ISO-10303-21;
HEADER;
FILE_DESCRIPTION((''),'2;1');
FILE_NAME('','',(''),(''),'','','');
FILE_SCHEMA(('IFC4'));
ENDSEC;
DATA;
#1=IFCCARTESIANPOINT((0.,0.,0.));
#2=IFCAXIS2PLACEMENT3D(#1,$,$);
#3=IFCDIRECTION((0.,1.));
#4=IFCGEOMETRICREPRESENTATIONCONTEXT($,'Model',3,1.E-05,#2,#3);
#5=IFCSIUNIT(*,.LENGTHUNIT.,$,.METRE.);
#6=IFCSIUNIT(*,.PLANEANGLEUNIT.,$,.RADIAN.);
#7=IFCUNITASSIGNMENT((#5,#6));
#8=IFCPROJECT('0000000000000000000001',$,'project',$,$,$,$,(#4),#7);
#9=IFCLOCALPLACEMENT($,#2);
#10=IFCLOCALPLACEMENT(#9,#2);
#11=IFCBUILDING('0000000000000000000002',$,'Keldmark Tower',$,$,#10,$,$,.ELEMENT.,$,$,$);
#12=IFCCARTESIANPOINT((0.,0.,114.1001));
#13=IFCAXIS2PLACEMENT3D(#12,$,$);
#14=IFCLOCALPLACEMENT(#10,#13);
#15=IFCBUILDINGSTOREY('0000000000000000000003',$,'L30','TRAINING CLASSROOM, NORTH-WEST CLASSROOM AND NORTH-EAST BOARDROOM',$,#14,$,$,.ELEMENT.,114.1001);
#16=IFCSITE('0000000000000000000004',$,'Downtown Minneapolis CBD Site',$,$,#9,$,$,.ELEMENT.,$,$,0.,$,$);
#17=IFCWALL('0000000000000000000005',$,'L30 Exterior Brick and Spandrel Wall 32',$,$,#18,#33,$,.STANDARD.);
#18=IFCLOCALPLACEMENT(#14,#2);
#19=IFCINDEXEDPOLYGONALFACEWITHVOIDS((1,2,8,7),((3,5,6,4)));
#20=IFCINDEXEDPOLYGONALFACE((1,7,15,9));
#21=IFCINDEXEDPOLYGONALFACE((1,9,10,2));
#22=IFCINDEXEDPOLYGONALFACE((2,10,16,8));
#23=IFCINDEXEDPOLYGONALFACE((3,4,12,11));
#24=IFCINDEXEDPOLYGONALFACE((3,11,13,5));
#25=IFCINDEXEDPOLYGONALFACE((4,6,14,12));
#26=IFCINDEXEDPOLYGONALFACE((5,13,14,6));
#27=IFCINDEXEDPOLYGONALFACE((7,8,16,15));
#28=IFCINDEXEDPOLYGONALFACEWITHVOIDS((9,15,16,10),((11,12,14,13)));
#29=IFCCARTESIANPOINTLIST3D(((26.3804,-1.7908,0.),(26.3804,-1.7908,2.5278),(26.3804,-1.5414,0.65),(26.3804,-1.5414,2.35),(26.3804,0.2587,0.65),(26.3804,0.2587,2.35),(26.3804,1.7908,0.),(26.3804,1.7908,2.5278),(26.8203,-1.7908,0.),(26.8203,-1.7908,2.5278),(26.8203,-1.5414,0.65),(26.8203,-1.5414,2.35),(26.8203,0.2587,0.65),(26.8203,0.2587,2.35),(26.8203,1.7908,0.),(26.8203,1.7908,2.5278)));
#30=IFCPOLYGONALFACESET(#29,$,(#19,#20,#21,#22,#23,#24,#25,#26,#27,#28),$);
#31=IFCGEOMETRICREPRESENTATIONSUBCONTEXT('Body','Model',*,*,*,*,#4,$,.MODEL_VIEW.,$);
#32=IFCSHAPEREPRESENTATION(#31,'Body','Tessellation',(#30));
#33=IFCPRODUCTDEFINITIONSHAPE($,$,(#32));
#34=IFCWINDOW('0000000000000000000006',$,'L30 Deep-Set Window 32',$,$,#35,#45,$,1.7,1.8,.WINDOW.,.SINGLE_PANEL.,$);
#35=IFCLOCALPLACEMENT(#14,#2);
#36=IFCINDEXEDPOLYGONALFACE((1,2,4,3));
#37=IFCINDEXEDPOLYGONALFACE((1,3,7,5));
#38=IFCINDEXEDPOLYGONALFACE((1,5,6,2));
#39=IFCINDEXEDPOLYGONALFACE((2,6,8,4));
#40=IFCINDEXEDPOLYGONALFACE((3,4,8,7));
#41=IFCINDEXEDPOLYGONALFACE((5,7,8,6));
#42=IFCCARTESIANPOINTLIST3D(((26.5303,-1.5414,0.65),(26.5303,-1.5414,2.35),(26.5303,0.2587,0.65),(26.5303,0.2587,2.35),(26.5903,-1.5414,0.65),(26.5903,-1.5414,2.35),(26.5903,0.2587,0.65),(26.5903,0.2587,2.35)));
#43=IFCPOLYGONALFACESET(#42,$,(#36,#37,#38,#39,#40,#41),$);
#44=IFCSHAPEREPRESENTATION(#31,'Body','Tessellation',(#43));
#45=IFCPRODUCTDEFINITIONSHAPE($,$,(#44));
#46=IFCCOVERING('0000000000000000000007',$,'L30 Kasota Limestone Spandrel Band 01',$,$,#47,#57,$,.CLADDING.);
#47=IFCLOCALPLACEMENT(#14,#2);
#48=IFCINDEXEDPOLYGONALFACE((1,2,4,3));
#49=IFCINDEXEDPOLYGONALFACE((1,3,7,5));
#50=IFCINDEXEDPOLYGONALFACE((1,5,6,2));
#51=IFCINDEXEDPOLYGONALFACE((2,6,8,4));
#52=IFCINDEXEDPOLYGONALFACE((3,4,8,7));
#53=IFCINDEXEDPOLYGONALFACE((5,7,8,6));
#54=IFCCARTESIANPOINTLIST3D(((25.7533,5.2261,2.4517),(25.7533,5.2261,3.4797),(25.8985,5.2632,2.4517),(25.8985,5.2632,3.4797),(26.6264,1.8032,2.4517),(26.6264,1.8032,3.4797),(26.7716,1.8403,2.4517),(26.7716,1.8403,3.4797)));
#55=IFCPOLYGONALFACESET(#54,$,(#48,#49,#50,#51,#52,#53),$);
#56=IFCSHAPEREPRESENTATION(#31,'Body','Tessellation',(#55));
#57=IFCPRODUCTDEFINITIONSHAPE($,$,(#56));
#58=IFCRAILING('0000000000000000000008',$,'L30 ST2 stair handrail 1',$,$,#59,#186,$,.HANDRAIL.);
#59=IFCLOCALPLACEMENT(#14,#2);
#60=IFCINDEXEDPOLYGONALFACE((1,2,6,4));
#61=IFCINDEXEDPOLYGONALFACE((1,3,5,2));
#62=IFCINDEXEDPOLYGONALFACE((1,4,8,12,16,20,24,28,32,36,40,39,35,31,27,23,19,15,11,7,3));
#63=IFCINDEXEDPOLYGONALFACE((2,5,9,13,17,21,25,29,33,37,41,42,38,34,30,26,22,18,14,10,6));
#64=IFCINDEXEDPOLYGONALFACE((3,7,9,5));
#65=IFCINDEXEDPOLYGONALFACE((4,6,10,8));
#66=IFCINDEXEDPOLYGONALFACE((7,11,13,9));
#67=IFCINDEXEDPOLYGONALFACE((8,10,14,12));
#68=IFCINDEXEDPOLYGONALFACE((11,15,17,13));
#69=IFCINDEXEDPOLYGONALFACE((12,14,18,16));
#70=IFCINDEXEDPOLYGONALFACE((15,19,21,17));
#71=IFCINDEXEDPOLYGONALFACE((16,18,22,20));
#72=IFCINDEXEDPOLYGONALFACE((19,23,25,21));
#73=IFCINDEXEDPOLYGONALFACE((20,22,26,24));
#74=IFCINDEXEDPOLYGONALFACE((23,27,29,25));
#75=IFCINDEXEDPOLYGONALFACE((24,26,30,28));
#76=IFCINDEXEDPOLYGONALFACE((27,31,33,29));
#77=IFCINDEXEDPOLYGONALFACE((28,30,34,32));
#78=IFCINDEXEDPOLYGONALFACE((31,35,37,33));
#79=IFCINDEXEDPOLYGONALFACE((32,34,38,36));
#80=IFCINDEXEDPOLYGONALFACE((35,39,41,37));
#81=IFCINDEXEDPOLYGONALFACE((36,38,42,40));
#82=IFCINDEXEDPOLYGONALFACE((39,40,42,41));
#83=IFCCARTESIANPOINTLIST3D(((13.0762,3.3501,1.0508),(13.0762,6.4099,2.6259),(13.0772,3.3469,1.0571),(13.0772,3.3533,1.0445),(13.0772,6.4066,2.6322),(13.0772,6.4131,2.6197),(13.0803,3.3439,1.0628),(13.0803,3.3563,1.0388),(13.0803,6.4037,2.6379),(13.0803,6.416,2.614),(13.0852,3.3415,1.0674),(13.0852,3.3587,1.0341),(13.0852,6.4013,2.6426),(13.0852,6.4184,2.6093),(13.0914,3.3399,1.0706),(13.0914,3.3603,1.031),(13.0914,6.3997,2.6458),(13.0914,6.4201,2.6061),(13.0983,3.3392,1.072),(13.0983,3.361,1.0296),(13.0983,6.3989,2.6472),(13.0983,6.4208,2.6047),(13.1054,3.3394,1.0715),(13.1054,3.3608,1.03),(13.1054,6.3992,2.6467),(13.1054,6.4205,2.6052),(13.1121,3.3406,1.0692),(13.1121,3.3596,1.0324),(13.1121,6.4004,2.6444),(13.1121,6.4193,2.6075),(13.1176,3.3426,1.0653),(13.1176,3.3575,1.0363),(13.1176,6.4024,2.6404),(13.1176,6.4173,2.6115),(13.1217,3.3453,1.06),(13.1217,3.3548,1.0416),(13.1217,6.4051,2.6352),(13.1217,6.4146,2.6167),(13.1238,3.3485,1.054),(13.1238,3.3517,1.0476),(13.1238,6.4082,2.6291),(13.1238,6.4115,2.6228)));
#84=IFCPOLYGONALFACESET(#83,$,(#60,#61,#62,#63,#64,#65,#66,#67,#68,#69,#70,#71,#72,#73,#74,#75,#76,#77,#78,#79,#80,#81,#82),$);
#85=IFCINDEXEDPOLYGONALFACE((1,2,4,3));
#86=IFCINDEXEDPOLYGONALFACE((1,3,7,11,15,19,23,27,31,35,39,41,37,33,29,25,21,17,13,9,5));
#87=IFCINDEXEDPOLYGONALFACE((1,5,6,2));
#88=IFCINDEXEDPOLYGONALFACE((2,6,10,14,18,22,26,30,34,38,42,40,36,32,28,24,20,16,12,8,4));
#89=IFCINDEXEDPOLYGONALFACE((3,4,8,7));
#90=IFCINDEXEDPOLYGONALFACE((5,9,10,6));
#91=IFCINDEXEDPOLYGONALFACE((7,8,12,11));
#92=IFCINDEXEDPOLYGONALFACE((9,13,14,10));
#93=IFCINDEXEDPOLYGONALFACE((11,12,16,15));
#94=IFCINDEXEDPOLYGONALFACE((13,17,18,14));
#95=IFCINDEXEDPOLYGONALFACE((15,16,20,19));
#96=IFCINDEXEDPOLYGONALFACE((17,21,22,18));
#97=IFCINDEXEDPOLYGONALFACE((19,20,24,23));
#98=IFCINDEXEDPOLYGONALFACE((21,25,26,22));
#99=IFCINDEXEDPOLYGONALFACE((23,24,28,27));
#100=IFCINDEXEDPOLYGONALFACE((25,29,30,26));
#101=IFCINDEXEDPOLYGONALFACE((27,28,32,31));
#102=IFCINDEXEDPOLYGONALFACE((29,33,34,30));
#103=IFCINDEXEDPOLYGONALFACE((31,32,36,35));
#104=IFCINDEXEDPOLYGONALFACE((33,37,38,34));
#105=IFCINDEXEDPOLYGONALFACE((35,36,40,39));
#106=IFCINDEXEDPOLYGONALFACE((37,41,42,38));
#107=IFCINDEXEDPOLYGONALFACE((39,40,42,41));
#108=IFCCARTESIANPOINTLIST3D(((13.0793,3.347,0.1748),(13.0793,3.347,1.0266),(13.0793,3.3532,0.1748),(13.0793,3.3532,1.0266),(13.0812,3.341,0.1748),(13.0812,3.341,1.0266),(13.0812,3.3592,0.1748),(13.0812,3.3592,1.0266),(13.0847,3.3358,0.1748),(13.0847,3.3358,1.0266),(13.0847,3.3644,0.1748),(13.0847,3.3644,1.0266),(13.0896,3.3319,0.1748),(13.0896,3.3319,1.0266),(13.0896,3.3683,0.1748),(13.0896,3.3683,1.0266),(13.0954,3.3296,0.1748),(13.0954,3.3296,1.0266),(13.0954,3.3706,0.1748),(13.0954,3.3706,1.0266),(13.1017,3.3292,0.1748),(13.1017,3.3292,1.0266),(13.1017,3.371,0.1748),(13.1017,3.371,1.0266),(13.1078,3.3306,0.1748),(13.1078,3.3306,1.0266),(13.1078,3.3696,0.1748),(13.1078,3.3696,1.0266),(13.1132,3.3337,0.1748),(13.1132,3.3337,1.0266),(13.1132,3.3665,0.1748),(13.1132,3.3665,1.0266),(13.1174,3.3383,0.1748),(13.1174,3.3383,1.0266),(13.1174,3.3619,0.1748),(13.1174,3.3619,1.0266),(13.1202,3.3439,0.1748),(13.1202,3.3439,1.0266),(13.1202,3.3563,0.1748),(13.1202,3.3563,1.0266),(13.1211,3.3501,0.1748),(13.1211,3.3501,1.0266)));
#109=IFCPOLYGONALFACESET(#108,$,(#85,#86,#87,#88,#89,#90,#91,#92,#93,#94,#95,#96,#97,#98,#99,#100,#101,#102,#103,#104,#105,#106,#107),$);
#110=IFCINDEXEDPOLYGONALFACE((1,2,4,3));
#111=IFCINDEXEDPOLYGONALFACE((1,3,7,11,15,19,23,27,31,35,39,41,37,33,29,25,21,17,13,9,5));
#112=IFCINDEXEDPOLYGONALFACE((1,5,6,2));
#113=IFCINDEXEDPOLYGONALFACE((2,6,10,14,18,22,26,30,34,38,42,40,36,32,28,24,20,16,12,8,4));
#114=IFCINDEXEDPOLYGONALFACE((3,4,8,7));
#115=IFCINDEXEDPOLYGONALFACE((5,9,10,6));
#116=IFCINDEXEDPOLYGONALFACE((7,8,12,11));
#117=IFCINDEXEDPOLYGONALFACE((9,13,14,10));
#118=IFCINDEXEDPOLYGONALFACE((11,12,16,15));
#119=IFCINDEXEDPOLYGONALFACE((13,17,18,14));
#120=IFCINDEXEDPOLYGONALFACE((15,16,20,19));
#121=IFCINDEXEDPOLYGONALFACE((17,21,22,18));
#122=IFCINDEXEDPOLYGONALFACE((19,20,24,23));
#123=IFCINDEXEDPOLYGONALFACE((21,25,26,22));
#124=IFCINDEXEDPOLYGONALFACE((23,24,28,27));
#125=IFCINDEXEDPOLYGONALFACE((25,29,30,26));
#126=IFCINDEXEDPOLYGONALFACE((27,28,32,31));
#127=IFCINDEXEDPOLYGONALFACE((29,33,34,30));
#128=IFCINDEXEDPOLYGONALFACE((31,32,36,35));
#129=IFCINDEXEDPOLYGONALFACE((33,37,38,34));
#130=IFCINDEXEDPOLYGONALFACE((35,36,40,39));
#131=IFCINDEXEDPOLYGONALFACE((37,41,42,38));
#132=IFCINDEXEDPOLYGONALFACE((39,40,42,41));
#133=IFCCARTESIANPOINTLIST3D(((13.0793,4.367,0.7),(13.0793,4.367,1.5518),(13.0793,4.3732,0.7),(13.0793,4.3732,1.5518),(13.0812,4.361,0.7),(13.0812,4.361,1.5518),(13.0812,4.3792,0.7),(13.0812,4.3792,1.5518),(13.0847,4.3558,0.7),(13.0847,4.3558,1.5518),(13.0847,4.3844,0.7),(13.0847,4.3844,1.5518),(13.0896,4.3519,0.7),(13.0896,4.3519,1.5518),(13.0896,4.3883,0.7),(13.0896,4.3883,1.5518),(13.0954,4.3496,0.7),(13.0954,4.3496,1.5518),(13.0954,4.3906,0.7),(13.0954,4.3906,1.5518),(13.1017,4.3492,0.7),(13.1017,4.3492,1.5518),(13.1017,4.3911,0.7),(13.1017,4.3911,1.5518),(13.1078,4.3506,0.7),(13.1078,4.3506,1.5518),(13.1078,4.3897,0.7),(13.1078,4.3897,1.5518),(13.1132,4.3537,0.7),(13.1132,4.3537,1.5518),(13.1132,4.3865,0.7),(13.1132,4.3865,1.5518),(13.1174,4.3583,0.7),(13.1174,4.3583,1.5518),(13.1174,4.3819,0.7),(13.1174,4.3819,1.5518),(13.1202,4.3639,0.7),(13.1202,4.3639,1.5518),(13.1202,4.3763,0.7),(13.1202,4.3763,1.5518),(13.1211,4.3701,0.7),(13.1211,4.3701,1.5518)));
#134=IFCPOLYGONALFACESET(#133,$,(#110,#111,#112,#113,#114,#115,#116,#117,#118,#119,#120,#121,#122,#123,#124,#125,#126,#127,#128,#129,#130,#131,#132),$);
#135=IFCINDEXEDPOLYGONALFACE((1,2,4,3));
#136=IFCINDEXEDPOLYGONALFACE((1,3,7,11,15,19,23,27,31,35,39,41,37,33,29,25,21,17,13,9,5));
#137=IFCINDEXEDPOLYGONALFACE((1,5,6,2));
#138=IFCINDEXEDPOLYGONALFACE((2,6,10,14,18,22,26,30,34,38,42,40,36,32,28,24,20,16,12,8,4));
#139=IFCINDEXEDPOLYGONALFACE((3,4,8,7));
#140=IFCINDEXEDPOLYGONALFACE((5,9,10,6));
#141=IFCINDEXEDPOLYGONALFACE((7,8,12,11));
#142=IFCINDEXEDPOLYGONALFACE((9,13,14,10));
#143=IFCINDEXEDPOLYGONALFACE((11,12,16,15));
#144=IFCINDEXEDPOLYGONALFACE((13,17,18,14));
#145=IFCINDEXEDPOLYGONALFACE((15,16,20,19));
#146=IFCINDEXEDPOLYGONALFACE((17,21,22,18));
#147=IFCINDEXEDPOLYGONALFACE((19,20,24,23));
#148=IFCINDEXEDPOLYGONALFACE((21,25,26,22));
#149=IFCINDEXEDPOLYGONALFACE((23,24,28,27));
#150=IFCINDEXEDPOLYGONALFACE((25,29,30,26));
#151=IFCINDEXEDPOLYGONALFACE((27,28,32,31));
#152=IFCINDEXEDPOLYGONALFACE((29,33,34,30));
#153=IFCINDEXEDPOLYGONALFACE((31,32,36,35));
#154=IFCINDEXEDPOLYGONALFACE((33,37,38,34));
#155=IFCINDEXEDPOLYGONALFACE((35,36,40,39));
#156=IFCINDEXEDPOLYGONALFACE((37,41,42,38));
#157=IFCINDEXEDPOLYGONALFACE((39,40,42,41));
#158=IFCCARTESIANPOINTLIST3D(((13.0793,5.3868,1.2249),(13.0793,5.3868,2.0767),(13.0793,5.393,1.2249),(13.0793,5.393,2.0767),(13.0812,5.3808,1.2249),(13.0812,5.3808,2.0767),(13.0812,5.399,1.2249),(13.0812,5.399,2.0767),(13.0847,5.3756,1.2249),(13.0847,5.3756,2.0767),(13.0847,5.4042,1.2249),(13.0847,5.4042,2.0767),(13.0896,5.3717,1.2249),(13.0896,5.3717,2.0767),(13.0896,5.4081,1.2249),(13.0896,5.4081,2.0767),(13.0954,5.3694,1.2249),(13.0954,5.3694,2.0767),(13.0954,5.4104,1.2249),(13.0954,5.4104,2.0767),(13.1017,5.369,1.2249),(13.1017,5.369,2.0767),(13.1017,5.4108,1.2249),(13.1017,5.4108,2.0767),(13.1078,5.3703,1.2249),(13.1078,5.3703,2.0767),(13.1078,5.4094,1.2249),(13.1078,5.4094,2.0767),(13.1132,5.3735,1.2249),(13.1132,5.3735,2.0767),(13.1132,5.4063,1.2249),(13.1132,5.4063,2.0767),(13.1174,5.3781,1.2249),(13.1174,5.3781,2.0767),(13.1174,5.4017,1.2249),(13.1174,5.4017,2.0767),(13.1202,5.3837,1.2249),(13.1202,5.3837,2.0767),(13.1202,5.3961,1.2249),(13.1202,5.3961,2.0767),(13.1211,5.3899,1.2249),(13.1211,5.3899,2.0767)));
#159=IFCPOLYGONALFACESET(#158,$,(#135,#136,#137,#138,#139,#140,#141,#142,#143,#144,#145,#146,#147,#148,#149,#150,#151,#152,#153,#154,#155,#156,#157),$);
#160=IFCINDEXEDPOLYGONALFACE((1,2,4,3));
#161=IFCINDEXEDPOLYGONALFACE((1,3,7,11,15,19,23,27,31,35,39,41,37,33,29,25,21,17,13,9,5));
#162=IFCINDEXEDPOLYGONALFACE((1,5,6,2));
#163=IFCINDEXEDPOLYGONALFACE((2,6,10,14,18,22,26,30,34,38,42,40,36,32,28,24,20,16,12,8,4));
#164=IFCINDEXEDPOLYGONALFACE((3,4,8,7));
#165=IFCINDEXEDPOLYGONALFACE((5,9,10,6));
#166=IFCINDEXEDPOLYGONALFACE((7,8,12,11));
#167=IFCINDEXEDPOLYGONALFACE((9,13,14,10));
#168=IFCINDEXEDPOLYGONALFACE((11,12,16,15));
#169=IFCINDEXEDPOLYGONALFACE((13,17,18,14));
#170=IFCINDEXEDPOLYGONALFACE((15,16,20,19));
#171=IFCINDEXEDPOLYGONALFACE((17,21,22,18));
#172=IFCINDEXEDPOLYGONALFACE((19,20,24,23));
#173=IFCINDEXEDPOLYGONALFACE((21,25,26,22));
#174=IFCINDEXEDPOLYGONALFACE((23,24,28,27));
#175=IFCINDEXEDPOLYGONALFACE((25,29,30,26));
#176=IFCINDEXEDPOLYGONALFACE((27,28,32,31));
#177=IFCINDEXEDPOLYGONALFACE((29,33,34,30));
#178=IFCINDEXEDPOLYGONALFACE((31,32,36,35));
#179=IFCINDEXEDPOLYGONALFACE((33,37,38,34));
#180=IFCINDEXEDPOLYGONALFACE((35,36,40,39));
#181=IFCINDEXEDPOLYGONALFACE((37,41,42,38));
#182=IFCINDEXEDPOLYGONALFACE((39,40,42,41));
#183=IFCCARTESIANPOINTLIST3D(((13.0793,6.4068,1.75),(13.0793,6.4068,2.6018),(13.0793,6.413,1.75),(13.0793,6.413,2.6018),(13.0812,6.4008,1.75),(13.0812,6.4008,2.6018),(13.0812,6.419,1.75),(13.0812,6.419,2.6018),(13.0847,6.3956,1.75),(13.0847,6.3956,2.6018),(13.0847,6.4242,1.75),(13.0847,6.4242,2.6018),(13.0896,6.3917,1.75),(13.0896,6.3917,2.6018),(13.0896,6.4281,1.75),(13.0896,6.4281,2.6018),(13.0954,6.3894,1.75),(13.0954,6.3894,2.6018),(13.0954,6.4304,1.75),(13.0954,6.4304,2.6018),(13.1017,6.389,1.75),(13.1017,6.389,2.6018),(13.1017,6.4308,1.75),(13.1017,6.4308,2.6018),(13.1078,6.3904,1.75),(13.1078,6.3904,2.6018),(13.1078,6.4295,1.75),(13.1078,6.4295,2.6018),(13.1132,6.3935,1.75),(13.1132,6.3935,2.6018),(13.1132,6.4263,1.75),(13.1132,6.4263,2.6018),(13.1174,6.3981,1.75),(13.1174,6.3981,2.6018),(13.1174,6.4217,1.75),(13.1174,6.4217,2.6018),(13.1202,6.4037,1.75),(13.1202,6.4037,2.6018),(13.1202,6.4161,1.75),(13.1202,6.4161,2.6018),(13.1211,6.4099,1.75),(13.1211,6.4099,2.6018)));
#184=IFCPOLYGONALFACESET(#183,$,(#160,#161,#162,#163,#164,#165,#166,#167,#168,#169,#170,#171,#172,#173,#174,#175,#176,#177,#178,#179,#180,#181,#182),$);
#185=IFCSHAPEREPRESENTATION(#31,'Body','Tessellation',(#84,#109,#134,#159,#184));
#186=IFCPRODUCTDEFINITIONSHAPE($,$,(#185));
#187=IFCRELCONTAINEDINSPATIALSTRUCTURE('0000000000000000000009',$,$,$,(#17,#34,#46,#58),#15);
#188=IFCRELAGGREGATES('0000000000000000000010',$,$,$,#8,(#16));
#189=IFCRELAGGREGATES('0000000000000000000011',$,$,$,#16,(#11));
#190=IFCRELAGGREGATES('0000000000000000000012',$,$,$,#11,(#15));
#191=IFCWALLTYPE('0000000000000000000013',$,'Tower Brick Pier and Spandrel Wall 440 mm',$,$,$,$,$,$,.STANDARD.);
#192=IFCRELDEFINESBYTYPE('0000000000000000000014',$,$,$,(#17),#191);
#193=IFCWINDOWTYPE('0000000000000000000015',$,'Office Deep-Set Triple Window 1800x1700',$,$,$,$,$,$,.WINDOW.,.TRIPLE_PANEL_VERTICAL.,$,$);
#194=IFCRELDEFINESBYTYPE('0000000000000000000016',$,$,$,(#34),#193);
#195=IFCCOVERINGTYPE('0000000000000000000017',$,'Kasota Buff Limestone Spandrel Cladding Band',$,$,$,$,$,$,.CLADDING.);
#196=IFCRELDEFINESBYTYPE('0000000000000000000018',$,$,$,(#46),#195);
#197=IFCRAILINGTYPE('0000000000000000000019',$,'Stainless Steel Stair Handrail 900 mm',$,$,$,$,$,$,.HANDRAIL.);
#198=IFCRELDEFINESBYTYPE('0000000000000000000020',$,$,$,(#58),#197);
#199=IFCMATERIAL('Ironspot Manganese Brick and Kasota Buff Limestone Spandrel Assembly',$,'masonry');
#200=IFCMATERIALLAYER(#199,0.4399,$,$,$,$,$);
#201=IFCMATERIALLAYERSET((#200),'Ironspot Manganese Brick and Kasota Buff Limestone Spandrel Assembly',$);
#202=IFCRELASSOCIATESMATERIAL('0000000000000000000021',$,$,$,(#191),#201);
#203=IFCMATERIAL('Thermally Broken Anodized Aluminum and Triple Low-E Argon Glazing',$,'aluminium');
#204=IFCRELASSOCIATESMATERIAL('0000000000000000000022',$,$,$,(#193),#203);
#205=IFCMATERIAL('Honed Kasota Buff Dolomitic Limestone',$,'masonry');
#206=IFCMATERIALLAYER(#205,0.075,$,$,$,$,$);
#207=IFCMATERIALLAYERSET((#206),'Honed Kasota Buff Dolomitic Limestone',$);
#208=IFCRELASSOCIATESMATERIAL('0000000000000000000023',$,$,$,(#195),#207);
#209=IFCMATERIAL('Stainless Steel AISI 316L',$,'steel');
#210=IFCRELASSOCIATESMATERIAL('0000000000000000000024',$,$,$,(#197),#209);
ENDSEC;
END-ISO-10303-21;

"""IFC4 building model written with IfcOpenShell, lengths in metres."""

from ifc_helpers import new_model, si_unit, direction, frame, frame_2d, origin, origin_2d, place, context, subcontext, project, spatial, rectangle, circle, extrude, material, layer, layer_set, type_object, element, fill, save


model = new_model("IFC4")

# Units and contexts
model_context = context("Model", 3, precision=1e-05, world=origin(), true_north=direction((0.0, 1.0)))
body_context = subcontext(model_context, "Body", "Model", "MODEL_VIEW")
ifc_project = project(units=[si_unit("LENGTHUNIT", "METRE"), si_unit("PLANEANGLEUNIT", "RADIAN")], contexts=[model_context])

# Site, building, storey
site_placement = place(None, origin())
site = spatial("IfcSite", under=ifc_project, at=site_placement, Name="Downtown Minneapolis CBD Site", CompositionType="ELEMENT", RefElevation=0.0)
building_placement = place(site_placement, origin())
building = spatial("IfcBuilding", under=site, at=building_placement, Name="Keldmark Tower", CompositionType="ELEMENT")
storey_placement = place(building_placement, frame((0.0, 0.0, 114.1001)))
storey = spatial("IfcBuildingStorey", under=building, at=storey_placement, Name="L30", Description="TRAINING CLASSROOM, NORTH-WEST CLASSROOM AND NORTH-EAST BOARDROOM", CompositionType="ELEMENT", Elevation=114.1001)

# Wall, opening, window
ifc_material_1 = material(Name="Ironspot Manganese Brick and Kasota Buff Limestone Spandrel Assembly", Category="masonry")
ifc_layer_1 = layer(ifc_material_1, 0.4399)
ifc_layer_set_1 = layer_set([ifc_layer_1], Name="Ironspot Manganese Brick and Kasota Buff Limestone Spandrel Assembly")
wall_type_1 = type_object("IfcWallType", Name="Tower Brick Pier and Spandrel Wall 440 mm", PredefinedType="STANDARD", material=ifc_layer_set_1)
wall_1_placement = place(storey_placement, frame((26.6003, 1.7908, 0.0), z_axis=(0.0, 0.0, 1.0), x_axis=(0.0, -1.0, 0.0)))
wall_1 = element("IfcWall", 1, at=wall_1_placement, inside=storey, type_object=wall_type_1, Name="L30 Exterior Brick and Spandrel Wall 32", PredefinedType="STANDARD", context=body_context, shape_type="SweptSolid", body=[
    extrude(rectangle(XDim=3.5815, YDim=0.4399, at=frame_2d((1.7908, 0.0))), origin(), (0.0, 0.0, 1.0), 2.5278),
])
opening_1_placement = place(wall_1_placement, frame((1.5322, 0.0, 0.6499)))
opening_1 = element("IfcOpeningElement", 2, at=opening_1_placement, cuts=wall_1, PredefinedType="OPENING", context=body_context, shape_type="SweptSolid", body=[
    extrude(rectangle(XDim=1.8, YDim=1.7, at=frame_2d((0.8999, 0.8501))), frame((0.0, 0.23, 0.0), z_axis=(0.0, -1.0, 0.0), x_axis=(1.0, 0.0, 0.0)), (0.0, 0.0, 1.0), 0.46),
])
ifc_material_2 = material(Name="Thermally Broken Anodized Aluminum and Triple Low-E Argon Glazing", Category="aluminium")
window_type_1 = type_object("IfcWindowType", Name="Office Deep-Set Triple Window 1800x1700", PartitioningType="TRIPLE_PANEL_VERTICAL", PredefinedType="WINDOW", material=ifc_material_2)
window_1_placement = place(opening_1_placement, origin())
window_1 = element("IfcWindow", 3, at=window_1_placement, inside=storey, type_object=window_type_1, Name="L30 Deep-Set Window 32", OverallHeight=1.7, OverallWidth=1.8, PartitioningType="SINGLE_PANEL", PredefinedType="WINDOW", context=body_context, shape_type="SweptSolid", body=[
    extrude(rectangle(XDim=1.8, YDim=1.7, at=frame_2d((0.8999, 0.8501))), frame((0.0, -0.01, 0.0), z_axis=(0.0, -1.0, 0.0), x_axis=(1.0, 0.0, 0.0)), (0.0, 0.0, 1.0), 0.0601),
])
fill(opening_1, window_1)

# Covering
ifc_material_3 = material(Name="Honed Kasota Buff Dolomitic Limestone", Category="masonry")
ifc_layer_2 = layer(ifc_material_3, 0.075)
ifc_layer_set_2 = layer_set([ifc_layer_2], Name="Honed Kasota Buff Dolomitic Limestone")
covering_type = type_object("IfcCoveringType", Name="Kasota Buff Limestone Spandrel Cladding Band", PredefinedType="CLADDING", material=ifc_layer_set_2)
covering_placement = place(storey_placement, frame((26.2625, 3.5332, 2.4517), z_axis=(0.0, 0.0, 1.0), x_axis=(-0.247168, 0.968973, 0.0)))
element("IfcCovering", 4, at=covering_placement, inside=storey, type_object=covering_type, Name="L30 Kasota Limestone Spandrel Band 01", PredefinedType="CLADDING", context=body_context, shape_type="SweptSolid", body=[
    extrude(rectangle(XDim=3.5325, YDim=0.1499, at=origin_2d()), origin(), (0.0, 0.0, 1.0), 1.0281),
])

# Railing
ifc_material_4 = material(Name="Stainless Steel AISI 316L", Category="steel")
railing_type = type_object("IfcRailingType", Name="Stainless Steel Stair Handrail 900 mm", PredefinedType="HANDRAIL", material=ifc_material_4)
railing_placement = place(storey_placement, frame((13.1001, 3.3501, 0.1748)))
element("IfcRailing", 5, at=railing_placement, inside=storey, type_object=railing_type, Name="L30 ST2 stair handrail 1", PredefinedType="HANDRAIL", context=body_context, shape_type="SweptSolid", body=[
    extrude(circle(Radius=0.0239, at=origin_2d()), frame((0.0, 0.0, 0.876), z_axis=(0.0, 0.889101, 0.45771), x_axis=(-1.0, 0.0, 0.0)), (0.0, 0.0, 1.0), 3.4414),
    extrude(circle(Radius=0.021, at=origin_2d()), origin(), (0.0, 0.0, 1.0), 0.8518),
    extrude(circle(Radius=0.021, at=origin_2d()), frame((0.0, 1.02, 0.5251)), (0.0, 0.0, 1.0), 0.8518),
    extrude(circle(Radius=0.021, at=origin_2d()), frame((0.0, 2.0398, 1.05)), (0.0, 0.0, 1.0), 0.8518),
    extrude(circle(Radius=0.021, at=origin_2d()), frame((0.0, 3.0598, 1.5752)), (0.0, 0.0, 1.0), 0.8518),
])

save(model, "model.ifc")
